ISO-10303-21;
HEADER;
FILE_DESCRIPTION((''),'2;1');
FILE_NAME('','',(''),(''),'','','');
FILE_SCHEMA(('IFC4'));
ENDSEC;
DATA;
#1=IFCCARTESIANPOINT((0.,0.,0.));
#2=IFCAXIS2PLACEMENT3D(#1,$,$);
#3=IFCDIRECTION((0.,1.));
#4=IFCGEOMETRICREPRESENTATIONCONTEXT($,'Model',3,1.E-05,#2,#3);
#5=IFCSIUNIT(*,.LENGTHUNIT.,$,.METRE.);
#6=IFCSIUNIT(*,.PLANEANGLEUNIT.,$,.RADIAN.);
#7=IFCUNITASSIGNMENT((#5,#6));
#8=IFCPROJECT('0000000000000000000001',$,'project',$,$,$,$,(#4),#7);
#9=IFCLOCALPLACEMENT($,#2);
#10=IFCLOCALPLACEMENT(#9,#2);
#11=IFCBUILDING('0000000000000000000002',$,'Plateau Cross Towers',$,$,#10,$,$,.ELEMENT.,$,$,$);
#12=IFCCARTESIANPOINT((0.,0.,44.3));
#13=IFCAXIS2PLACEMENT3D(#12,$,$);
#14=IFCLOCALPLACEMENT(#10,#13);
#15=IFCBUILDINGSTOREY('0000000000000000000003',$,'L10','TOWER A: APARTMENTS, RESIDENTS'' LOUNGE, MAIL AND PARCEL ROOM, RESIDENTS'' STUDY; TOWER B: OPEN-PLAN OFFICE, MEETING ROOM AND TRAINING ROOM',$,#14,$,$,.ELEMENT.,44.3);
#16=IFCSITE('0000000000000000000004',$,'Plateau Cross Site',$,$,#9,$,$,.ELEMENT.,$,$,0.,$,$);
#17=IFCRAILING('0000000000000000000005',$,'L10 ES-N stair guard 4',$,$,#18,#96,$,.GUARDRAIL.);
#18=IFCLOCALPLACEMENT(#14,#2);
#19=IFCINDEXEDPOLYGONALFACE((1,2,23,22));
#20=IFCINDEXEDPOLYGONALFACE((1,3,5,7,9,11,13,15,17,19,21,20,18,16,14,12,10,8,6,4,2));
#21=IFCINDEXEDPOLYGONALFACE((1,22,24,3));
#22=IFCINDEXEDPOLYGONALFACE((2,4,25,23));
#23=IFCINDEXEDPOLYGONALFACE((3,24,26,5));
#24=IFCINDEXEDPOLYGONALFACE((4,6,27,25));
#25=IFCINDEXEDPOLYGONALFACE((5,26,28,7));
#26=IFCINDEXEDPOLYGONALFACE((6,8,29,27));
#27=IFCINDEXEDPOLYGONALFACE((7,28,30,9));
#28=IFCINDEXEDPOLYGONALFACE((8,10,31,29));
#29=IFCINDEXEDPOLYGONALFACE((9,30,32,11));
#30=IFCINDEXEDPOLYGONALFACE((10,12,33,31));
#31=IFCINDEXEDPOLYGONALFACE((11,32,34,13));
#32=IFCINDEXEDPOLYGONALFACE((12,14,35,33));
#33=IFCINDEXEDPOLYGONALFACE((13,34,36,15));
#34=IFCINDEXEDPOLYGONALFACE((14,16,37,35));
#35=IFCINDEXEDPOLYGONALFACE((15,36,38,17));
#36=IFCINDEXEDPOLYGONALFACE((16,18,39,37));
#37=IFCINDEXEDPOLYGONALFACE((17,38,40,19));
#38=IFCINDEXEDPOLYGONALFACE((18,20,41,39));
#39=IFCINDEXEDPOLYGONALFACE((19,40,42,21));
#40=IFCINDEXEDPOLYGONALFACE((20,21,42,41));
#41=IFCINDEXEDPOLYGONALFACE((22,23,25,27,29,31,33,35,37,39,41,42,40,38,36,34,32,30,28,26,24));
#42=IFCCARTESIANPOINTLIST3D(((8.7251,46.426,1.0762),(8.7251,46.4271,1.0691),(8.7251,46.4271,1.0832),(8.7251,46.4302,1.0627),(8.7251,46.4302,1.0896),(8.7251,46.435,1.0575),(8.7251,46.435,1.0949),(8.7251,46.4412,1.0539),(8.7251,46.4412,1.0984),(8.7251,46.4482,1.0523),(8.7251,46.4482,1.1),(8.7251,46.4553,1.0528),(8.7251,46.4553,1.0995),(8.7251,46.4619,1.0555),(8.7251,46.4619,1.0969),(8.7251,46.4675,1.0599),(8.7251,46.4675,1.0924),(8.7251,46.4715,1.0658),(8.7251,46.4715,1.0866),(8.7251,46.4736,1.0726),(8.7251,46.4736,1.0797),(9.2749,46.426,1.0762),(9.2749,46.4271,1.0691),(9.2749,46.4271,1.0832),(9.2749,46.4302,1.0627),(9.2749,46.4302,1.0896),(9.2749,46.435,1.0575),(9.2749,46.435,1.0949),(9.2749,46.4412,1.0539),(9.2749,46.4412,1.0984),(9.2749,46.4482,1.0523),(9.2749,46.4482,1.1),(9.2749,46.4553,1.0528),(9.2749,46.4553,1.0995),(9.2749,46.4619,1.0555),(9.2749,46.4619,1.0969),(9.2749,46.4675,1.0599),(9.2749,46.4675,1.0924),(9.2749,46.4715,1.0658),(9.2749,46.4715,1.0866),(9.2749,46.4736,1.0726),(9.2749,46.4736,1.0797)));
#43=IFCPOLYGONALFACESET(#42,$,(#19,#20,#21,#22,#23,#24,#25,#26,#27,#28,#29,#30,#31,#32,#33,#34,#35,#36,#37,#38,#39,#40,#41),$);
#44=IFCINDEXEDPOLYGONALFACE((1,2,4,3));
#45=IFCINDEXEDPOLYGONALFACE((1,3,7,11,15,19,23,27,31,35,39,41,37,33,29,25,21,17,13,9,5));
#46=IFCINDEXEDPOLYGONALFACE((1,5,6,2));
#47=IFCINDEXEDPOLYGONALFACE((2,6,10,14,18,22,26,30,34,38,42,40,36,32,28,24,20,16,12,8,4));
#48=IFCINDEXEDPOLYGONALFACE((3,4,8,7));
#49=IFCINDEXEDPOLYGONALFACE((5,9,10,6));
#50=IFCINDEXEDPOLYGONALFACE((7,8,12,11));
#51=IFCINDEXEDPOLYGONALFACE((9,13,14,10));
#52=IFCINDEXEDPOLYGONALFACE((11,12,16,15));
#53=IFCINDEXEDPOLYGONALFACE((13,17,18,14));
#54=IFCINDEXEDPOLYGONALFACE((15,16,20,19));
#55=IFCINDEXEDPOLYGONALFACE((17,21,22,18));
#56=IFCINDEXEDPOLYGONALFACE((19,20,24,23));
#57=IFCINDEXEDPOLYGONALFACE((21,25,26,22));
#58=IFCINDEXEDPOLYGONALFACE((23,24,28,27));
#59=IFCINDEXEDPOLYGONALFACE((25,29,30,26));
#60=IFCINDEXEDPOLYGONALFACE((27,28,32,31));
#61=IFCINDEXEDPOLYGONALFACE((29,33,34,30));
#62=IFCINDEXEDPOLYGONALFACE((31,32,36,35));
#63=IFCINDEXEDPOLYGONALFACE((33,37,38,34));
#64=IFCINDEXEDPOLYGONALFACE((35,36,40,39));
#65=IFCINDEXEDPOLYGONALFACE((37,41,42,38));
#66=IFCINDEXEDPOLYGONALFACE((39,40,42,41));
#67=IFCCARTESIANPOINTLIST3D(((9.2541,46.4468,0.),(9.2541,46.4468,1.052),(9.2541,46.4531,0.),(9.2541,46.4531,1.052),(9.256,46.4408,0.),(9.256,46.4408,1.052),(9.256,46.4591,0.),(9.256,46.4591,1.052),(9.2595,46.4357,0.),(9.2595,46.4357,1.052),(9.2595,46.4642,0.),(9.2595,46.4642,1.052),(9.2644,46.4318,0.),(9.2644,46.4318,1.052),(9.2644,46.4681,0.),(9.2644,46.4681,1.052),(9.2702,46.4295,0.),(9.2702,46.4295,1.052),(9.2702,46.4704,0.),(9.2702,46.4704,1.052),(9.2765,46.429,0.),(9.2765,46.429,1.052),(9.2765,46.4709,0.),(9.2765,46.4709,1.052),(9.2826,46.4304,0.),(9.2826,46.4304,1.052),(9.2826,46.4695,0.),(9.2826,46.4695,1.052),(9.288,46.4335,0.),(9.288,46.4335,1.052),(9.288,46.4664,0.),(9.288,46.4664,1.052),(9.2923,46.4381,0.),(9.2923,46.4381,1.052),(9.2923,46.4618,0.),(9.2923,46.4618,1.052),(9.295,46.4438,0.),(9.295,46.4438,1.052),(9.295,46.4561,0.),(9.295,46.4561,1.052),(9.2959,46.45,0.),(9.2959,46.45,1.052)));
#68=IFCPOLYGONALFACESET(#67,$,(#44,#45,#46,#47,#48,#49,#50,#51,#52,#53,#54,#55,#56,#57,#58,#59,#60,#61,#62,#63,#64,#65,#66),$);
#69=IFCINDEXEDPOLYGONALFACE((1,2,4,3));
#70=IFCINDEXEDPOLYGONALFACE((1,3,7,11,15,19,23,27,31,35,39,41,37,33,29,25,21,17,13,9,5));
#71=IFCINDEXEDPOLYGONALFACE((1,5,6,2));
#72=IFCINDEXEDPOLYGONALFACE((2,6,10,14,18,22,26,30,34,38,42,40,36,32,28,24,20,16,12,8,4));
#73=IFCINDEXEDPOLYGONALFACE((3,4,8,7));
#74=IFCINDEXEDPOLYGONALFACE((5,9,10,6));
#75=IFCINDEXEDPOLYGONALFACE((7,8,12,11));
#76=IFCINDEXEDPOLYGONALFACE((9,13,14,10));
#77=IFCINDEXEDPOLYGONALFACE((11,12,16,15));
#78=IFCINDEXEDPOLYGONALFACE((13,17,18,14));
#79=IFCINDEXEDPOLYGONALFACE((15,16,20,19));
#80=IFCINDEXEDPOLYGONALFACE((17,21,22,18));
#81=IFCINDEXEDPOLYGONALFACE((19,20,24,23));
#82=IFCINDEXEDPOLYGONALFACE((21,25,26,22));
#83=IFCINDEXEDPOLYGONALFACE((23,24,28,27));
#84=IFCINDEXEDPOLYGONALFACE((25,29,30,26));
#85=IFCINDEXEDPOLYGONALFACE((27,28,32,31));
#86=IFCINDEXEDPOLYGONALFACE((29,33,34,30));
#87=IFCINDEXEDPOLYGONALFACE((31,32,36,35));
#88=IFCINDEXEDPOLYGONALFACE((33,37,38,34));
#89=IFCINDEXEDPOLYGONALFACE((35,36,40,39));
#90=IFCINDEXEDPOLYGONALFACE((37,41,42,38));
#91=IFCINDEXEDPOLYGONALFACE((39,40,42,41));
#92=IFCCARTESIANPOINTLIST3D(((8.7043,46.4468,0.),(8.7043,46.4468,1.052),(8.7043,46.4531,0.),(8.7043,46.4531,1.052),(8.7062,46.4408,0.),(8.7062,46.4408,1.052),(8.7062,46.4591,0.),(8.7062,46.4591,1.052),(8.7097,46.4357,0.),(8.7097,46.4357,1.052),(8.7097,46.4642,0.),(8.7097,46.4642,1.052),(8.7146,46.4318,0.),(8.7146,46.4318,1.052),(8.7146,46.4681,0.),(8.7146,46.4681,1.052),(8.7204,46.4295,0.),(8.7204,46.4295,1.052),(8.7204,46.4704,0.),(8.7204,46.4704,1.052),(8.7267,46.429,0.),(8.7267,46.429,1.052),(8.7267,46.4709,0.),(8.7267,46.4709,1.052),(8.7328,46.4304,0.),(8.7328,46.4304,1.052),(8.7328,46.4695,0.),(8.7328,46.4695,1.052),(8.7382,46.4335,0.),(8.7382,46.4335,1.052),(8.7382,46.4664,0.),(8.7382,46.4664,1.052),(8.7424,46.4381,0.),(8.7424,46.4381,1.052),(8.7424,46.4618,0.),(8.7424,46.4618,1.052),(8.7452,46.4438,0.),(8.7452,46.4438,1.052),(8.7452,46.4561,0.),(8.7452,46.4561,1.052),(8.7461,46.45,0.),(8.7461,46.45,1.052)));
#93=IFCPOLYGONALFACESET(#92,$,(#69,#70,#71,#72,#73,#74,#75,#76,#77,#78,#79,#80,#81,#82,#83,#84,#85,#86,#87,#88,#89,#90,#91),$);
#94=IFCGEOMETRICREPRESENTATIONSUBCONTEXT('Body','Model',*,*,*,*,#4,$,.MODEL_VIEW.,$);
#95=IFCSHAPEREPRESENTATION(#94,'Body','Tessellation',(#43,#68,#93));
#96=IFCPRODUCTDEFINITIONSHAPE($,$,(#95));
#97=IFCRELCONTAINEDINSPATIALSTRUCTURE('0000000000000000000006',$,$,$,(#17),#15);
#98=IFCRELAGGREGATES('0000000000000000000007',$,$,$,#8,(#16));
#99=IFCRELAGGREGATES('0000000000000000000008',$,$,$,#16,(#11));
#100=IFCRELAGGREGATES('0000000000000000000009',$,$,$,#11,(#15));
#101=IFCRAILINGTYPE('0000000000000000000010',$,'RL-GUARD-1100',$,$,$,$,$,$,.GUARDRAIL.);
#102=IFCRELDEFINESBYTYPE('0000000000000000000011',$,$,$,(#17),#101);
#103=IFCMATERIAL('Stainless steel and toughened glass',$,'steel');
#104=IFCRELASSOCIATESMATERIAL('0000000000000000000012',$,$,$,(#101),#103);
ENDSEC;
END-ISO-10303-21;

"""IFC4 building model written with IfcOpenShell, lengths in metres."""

from ifc_helpers import new_model, si_unit, direction, frame, origin, origin_2d, place, context, subcontext, project, spatial, circle, extrude, material, type_object, element, save


model = new_model("IFC4")

# Units and contexts
model_context = context("Model", 3, precision=1e-05, world=origin(), true_north=direction((0.0, 1.0)))
body_context = subcontext(model_context, "Body", "Model", "MODEL_VIEW")
ifc_project = project(units=[si_unit("LENGTHUNIT", "METRE"), si_unit("PLANEANGLEUNIT", "RADIAN")], contexts=[model_context])

# Site, building, storey
site_placement = place(None, origin())
site = spatial("IfcSite", under=ifc_project, at=site_placement, Name="Plateau Cross Site", CompositionType="ELEMENT", RefElevation=0.0)
building_placement = place(site_placement, origin())
building = spatial("IfcBuilding", under=site, at=building_placement, Name="Plateau Cross Towers", CompositionType="ELEMENT")
storey_placement = place(building_placement, frame((0.0, 0.0, 44.3)))
storey = spatial("IfcBuildingStorey", under=building, at=storey_placement, Name="L10", Description="TOWER A: APARTMENTS, RESIDENTS' LOUNGE, MAIL AND PARCEL ROOM, RESIDENTS' STUDY; TOWER B: OPEN-PLAN OFFICE, MEETING ROOM AND TRAINING ROOM", CompositionType="ELEMENT", Elevation=44.3)

# Railing
ifc_material_1 = material(Name="Stainless steel and toughened glass", Category="steel")
railing_type_1 = type_object("IfcRailingType", Name="RL-GUARD-1100", PredefinedType="GUARDRAIL", material=ifc_material_1)
railing_1_placement = place(storey_placement, frame((9.2749, 46.45, 0.0)))
element("IfcRailing", 1, at=railing_1_placement, inside=storey, type_object=railing_type_1, Name="L10 ES-N stair guard 4", PredefinedType="GUARDRAIL", context=body_context, shape_type="SweptSolid", body=[
    extrude(circle(Radius=0.0239, at=origin_2d()), frame((0.0, 0.0, 1.0762), z_axis=(-1.0, 0.0, 0.0), x_axis=(0.0, -1.0, 0.0)), (0.0, 0.0, 1.0), 0.5498),
    extrude(circle(Radius=0.021, at=origin_2d()), origin(), (0.0, 0.0, 1.0), 1.052),
    extrude(circle(Radius=0.021, at=origin_2d()), frame((-0.5498, 0.0, 0.0)), (0.0, 0.0, 1.0), 1.052),
])

save(model, "model.ifc")
